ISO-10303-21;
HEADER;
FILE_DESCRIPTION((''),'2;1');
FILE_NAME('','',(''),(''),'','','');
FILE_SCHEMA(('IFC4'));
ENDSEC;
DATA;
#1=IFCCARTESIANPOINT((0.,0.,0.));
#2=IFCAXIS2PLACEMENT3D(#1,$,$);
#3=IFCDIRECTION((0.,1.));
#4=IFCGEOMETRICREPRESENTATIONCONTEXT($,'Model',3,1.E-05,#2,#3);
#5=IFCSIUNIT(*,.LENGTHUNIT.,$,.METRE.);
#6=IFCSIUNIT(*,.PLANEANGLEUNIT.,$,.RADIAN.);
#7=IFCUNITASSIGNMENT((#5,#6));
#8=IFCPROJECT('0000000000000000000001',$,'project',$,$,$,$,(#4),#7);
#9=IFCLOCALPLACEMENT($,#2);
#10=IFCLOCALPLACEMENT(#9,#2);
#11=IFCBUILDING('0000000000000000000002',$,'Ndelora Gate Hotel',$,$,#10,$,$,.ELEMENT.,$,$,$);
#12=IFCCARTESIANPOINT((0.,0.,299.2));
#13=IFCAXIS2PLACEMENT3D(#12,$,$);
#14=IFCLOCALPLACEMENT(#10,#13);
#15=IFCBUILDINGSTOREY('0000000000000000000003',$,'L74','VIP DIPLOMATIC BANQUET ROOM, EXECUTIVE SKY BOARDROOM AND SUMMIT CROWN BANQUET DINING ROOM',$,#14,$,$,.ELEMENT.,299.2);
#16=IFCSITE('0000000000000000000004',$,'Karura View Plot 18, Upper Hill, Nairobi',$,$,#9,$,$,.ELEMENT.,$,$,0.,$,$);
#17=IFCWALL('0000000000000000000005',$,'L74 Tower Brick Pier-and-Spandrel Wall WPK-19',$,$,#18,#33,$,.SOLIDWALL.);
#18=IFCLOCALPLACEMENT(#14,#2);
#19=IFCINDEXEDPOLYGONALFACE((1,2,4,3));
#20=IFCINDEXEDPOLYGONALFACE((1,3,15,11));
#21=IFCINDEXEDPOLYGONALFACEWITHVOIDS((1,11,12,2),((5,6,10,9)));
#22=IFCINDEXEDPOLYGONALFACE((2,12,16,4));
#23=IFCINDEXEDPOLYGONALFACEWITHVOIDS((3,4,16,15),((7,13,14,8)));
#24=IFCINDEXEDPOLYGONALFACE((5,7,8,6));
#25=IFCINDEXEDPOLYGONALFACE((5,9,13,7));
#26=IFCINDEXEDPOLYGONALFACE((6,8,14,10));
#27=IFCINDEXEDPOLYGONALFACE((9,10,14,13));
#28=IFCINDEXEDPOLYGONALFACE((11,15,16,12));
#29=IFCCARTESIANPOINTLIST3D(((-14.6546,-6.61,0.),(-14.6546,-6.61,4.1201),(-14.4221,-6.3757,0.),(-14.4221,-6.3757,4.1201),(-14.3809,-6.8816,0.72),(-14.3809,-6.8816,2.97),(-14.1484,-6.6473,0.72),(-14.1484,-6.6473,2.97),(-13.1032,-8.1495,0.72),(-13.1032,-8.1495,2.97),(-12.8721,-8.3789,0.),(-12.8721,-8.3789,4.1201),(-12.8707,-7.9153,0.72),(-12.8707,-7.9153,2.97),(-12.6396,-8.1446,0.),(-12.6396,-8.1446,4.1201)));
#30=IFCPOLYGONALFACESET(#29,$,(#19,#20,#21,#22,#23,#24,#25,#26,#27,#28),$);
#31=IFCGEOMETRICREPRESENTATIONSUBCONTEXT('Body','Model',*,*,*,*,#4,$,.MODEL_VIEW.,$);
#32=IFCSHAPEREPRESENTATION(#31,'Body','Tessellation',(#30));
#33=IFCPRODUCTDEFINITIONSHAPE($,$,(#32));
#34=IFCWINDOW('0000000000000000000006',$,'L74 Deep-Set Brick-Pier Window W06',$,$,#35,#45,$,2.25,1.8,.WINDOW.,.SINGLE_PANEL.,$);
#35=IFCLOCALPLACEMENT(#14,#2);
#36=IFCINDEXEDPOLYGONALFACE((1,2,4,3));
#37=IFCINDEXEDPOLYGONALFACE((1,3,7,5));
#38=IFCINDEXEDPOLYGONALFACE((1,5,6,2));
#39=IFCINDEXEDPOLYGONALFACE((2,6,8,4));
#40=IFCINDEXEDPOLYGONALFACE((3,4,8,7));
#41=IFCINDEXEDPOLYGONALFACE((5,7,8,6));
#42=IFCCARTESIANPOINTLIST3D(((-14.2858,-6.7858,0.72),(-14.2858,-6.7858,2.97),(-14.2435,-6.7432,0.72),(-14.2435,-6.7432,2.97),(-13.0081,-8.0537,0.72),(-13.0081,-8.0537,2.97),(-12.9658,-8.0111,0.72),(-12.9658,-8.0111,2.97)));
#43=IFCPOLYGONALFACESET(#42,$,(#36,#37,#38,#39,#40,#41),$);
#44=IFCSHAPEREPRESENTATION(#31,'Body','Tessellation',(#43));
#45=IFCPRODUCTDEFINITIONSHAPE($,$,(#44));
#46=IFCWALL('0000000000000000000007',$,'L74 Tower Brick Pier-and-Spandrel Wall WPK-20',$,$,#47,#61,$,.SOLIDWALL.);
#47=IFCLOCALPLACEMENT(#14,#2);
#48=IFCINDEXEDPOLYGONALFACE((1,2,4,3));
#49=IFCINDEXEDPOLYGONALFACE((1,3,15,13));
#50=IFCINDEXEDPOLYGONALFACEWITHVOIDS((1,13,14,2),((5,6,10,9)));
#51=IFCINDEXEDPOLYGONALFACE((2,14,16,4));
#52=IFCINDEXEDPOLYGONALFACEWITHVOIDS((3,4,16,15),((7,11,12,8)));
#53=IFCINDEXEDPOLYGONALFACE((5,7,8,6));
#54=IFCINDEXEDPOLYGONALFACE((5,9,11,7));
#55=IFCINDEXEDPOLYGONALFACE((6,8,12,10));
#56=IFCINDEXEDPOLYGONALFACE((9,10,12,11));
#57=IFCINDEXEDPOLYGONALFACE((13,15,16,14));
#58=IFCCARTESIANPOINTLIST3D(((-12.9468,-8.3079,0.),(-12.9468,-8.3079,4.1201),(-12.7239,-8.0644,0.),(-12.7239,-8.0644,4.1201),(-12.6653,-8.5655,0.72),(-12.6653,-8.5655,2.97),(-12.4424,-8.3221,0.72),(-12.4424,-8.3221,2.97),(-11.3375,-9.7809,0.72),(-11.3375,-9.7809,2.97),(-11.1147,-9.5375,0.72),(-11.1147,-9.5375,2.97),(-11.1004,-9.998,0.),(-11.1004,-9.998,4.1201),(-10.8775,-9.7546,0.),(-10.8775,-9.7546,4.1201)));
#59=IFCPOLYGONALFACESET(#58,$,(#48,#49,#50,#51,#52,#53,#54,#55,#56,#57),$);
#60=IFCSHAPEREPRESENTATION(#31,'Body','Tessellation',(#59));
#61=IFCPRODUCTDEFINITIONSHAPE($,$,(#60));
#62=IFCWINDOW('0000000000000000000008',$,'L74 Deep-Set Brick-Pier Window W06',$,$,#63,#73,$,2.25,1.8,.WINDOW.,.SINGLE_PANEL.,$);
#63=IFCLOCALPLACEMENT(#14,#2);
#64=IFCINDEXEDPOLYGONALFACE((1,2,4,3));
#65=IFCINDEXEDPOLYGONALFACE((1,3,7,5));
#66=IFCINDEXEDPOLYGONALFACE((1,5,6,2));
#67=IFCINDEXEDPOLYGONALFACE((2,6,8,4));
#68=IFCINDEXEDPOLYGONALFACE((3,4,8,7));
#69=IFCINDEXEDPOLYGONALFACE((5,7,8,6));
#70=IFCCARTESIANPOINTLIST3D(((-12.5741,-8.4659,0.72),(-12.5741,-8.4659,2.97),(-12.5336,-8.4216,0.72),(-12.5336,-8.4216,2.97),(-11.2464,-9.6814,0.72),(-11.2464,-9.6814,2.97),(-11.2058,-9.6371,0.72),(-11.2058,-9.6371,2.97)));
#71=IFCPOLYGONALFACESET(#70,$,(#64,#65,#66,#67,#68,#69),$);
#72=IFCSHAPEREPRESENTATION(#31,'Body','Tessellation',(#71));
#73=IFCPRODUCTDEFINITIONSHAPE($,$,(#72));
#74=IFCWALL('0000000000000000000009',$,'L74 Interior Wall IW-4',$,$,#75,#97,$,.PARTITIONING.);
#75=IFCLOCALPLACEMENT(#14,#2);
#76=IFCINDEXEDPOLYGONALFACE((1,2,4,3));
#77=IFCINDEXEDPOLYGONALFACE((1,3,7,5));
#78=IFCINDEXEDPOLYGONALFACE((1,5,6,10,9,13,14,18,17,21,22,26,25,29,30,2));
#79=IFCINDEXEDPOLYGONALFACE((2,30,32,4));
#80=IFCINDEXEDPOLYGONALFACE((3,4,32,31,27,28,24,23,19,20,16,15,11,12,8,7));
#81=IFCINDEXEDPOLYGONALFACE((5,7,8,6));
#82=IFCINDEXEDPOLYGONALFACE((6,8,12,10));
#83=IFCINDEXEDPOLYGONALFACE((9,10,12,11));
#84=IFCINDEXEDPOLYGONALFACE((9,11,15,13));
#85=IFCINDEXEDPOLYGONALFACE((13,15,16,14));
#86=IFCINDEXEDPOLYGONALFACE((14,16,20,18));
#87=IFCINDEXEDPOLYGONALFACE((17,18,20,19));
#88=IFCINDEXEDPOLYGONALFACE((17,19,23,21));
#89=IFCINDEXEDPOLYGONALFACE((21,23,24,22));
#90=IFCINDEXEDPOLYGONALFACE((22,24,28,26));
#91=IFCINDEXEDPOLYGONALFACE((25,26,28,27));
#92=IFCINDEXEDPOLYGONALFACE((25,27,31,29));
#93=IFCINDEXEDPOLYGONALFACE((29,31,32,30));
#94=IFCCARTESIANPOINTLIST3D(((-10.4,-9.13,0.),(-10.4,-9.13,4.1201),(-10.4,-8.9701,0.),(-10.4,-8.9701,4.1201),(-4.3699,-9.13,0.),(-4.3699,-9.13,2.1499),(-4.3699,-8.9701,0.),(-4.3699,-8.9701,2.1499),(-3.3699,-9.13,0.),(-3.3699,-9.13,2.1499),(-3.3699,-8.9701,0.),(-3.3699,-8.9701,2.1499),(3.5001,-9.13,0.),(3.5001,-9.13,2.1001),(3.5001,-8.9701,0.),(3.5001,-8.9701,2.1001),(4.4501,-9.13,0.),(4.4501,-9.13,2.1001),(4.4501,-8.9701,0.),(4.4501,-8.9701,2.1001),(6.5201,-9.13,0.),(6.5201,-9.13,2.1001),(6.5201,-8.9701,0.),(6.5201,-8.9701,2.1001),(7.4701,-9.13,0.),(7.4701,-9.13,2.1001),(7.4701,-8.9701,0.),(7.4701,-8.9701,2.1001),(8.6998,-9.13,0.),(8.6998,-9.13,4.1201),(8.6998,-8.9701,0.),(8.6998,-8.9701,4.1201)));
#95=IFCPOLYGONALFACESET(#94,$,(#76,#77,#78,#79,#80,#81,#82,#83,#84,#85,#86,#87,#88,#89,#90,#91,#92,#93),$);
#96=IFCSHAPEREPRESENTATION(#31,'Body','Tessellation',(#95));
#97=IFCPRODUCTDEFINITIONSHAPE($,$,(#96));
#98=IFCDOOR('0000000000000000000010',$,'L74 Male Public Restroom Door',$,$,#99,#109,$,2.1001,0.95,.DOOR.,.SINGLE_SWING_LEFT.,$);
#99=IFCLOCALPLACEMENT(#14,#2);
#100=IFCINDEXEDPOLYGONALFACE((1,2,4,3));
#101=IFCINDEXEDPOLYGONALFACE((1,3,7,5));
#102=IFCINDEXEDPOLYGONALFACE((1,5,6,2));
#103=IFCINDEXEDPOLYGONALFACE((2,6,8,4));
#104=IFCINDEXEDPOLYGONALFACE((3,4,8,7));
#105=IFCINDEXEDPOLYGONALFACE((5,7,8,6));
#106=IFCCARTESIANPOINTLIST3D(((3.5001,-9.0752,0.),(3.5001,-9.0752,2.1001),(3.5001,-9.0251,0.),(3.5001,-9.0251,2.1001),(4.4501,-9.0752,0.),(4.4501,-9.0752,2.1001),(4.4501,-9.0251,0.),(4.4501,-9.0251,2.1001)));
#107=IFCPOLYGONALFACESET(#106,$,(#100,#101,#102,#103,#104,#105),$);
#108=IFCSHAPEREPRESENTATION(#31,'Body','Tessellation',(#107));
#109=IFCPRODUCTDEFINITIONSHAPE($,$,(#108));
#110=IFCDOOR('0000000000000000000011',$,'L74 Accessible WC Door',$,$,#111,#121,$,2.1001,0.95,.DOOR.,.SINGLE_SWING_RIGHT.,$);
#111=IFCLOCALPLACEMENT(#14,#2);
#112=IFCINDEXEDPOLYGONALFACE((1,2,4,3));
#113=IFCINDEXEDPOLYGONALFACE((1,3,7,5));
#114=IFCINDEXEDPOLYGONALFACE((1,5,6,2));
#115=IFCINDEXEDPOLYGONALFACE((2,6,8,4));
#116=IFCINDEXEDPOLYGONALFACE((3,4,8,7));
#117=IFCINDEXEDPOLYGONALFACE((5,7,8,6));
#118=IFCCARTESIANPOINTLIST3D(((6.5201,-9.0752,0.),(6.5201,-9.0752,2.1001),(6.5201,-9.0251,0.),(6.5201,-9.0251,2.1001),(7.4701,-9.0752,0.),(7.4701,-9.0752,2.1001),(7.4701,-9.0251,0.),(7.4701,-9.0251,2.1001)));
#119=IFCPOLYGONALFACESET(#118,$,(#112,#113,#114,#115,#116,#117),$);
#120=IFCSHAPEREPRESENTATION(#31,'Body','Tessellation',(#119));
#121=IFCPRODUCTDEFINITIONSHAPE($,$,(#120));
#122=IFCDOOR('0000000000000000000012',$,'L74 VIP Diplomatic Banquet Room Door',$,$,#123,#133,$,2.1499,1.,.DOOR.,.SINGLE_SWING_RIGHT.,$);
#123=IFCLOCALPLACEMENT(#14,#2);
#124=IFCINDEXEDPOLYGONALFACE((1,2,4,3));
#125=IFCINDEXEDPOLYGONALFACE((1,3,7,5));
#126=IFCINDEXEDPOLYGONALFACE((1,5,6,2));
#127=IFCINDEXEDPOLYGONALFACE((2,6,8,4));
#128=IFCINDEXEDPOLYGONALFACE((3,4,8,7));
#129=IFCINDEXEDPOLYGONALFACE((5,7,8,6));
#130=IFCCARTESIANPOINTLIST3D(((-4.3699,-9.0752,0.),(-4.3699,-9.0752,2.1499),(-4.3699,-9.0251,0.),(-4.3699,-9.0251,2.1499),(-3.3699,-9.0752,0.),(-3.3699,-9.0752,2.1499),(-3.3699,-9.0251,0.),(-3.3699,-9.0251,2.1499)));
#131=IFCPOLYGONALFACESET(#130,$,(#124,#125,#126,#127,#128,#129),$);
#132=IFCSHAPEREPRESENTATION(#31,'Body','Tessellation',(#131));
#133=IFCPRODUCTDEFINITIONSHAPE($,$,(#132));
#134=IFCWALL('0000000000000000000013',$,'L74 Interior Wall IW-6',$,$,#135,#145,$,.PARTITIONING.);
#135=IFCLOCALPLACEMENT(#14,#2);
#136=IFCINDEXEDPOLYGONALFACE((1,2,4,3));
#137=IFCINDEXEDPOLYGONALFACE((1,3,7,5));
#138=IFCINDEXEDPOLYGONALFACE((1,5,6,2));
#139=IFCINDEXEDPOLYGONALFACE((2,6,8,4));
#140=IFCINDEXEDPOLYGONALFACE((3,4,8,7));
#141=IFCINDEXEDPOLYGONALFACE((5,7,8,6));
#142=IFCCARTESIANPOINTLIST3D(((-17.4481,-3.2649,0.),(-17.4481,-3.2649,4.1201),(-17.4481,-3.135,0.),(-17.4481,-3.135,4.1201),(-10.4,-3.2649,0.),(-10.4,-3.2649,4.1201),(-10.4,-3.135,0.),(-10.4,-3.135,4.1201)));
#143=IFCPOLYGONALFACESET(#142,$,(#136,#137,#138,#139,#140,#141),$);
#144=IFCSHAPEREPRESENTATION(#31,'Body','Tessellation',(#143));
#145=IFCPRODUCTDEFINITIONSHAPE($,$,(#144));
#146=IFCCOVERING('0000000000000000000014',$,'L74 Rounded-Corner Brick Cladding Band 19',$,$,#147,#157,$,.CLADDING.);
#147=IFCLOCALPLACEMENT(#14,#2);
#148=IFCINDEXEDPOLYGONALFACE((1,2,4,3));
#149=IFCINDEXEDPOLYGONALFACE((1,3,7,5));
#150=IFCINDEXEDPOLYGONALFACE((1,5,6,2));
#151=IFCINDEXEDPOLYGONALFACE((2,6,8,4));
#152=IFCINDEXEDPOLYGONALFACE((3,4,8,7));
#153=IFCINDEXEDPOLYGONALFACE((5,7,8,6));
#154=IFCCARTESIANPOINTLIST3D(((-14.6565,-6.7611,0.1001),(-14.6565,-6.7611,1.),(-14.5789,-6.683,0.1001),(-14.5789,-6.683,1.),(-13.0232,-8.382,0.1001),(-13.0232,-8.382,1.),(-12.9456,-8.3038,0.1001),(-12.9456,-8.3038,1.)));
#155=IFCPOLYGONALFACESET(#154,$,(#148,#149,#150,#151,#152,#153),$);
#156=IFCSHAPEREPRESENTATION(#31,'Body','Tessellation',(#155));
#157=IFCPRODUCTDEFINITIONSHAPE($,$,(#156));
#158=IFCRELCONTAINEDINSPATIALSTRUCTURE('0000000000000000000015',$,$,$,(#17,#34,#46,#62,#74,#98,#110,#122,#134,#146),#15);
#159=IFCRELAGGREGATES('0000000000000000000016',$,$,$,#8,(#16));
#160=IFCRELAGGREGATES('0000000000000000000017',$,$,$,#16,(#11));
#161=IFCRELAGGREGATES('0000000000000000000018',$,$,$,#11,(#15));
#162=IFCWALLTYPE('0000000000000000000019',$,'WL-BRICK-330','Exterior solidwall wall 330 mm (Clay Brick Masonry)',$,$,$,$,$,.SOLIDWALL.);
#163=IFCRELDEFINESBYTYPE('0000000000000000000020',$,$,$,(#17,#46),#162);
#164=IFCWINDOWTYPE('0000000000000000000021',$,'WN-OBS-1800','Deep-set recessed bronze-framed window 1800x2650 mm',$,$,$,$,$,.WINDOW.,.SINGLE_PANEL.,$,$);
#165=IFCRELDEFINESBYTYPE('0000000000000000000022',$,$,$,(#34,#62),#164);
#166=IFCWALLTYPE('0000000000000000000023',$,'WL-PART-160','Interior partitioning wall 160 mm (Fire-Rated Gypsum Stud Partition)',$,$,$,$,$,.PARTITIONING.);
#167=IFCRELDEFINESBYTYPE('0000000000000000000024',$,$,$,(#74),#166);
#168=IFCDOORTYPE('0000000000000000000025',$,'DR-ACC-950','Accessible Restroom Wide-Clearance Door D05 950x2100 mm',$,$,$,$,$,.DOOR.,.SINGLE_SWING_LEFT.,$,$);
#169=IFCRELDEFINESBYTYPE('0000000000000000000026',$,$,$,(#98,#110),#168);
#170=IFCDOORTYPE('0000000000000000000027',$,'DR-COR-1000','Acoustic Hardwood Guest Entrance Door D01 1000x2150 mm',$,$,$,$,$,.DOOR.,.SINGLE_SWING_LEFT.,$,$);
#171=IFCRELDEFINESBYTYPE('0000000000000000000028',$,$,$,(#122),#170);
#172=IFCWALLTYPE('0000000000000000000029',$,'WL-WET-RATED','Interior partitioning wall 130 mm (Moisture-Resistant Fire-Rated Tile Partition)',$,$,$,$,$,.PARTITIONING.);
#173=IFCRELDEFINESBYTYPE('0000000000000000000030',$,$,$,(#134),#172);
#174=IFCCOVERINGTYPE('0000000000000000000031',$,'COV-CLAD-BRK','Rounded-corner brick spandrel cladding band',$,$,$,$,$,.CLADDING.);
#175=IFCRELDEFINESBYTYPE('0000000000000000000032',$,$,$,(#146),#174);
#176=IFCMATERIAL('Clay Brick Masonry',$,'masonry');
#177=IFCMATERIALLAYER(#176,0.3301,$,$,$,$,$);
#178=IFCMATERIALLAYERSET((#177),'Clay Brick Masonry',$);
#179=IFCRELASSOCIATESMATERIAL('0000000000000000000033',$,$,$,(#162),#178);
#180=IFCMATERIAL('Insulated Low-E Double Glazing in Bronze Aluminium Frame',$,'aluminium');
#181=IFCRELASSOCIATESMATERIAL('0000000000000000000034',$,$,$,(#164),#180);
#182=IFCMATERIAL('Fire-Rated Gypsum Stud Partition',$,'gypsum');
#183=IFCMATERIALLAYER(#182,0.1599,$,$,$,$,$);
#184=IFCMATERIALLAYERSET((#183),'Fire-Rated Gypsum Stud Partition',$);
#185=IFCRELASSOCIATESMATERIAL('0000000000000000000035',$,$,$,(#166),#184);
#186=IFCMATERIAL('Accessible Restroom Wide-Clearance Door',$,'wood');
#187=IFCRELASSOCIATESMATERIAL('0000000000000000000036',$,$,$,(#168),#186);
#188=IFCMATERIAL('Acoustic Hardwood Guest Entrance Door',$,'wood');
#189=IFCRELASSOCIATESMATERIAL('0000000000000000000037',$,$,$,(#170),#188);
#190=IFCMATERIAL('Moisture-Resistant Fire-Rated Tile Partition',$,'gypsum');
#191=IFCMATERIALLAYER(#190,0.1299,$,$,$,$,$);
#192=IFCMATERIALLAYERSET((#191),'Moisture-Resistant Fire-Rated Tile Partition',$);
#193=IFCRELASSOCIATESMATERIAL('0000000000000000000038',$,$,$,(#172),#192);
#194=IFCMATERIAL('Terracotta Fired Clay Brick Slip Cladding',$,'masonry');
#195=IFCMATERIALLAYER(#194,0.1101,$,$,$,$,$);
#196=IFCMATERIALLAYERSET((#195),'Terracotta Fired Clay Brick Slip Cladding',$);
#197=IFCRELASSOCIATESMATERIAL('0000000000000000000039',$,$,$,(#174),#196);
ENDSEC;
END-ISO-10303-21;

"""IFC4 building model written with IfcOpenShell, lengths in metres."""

from ifc_helpers import new_model, si_unit, direction, frame, frame_2d, origin, origin_2d, place, context, subcontext, project, spatial, rectangle, extrude, material, layer, layer_set, type_object, element, fill, save


model = new_model("IFC4")

# Units and contexts
model_context = context("Model", 3, precision=1e-05, world=origin(), true_north=direction((0.0, 1.0)))
body_context = subcontext(model_context, "Body", "Model", "MODEL_VIEW")
ifc_project = project(units=[si_unit("LENGTHUNIT", "METRE"), si_unit("PLANEANGLEUNIT", "RADIAN")], contexts=[model_context])

# Site, building, storey
site_placement = place(None, origin())
site = spatial("IfcSite", under=ifc_project, at=site_placement, Name="Karura View Plot 18, Upper Hill, Nairobi", CompositionType="ELEMENT", RefElevation=0.0)
building_placement = place(site_placement, origin())
building = spatial("IfcBuilding", under=site, at=building_placement, Name="Ndelora Gate Hotel", CompositionType="ELEMENT")
storey_placement = place(building_placement, frame((0.0, 0.0, 299.2)))
storey = spatial("IfcBuildingStorey", under=building, at=storey_placement, Name="L74", Description="VIP DIPLOMATIC BANQUET ROOM, EXECUTIVE SKY BOARDROOM AND SUMMIT CROWN BANQUET DINING ROOM", CompositionType="ELEMENT", Elevation=299.2)

# Shared definitions
ifc_material_1 = material(Name="Clay Brick Masonry", Category="masonry")
ifc_layer_1 = layer(ifc_material_1, 0.3301)
ifc_layer_set_1 = layer_set([ifc_layer_1], Name="Clay Brick Masonry")
wall_type_1 = type_object("IfcWallType", Name="WL-BRICK-330", Description="Exterior solidwall wall 330 mm (Clay Brick Masonry)", PredefinedType="SOLIDWALL", material=ifc_layer_set_1)

# Walls, openings, windows
wall_1_placement = place(storey_placement, frame((-12.7559, -8.2617, 0.0), z_axis=(0.0, 0.0, 1.0), x_axis=(-0.709824, 0.704379, 0.0)))
wall_1 = element("IfcWall", 1, at=wall_1_placement, inside=storey, type_object=wall_type_1, Name="L74 Tower Brick Pier-and-Spandrel Wall WPK-19", PredefinedType="SOLIDWALL", context=body_context, shape_type="SweptSolid", body=[
    extrude(rectangle(XDim=2.5112, YDim=0.3301, at=frame_2d((1.2556, 0.0))), origin(), (0.0, 0.0, 1.0), 4.1201),
])
opening_1_placement = place(wall_1_placement, frame((0.3257, 0.0, 0.72)))
opening_1 = element("IfcOpeningElement", 2, at=opening_1_placement, cuts=wall_1, PredefinedType="OPENING", context=body_context, shape_type="SweptSolid", body=[
    extrude(rectangle(XDim=1.8, YDim=2.25, at=frame_2d((0.8999, 1.125))), frame((0.0, 0.175, 0.0), z_axis=(0.0, -1.0, 0.0), x_axis=(1.0, 0.0, 0.0)), (0.0, 0.0, 1.0), 0.3501),
])
ifc_material_2 = material(Name="Insulated Low-E Double Glazing in Bronze Aluminium Frame", Category="aluminium")
window_type = type_object("IfcWindowType", Name="WN-OBS-1800", Description="Deep-set recessed bronze-framed window 1800x2650 mm", PartitioningType="SINGLE_PANEL", PredefinedType="WINDOW", material=ifc_material_2)
window_1_placement = place(opening_1_placement, origin())
window_1 = element("IfcWindow", 3, at=window_1_placement, inside=storey, type_object=window_type, Name="L74 Deep-Set Brick-Pier Window W06", OverallHeight=2.25, OverallWidth=1.8, PartitioningType="SINGLE_PANEL", PredefinedType="WINDOW", context=body_context, shape_type="SweptSolid", body=[
    extrude(rectangle(XDim=1.8, YDim=2.25, at=frame_2d((0.8999, 1.125))), frame((0.0, 0.03, 0.0), z_axis=(0.0, -1.0, 0.0), x_axis=(1.0, 0.0, 0.0)), (0.0, 0.0, 1.0), 0.0601),
])
fill(opening_1, window_1)
wall_2_placement = place(storey_placement, frame((-10.989, -9.8762, 0.0), z_axis=(0.0, 0.0, 1.0), x_axis=(-0.737628, 0.675208, 0.0)))
wall_2 = element("IfcWall", 4, at=wall_2_placement, inside=storey, type_object=wall_type_1, Name="L74 Tower Brick Pier-and-Spandrel Wall WPK-20", PredefinedType="SOLIDWALL", context=body_context, shape_type="SweptSolid", body=[
    extrude(rectangle(XDim=2.5032, YDim=0.3301, at=frame_2d((1.2515, 0.0))), origin(), (0.0, 0.0, 1.0), 4.1201),
])
opening_2_placement = place(wall_2_placement, frame((0.3215, 0.0, 0.72)))
opening_2 = element("IfcOpeningElement", 5, at=opening_2_placement, cuts=wall_2, PredefinedType="OPENING", context=body_context, shape_type="SweptSolid", body=[
    extrude(rectangle(XDim=1.8, YDim=2.25, at=frame_2d((0.8999, 1.125))), frame((0.0, 0.175, 0.0), z_axis=(0.0, -1.0, 0.0), x_axis=(1.0, 0.0, 0.0)), (0.0, 0.0, 1.0), 0.3501),
])
window_2_placement = place(opening_2_placement, origin())
window_2 = element("IfcWindow", 6, at=window_2_placement, inside=storey, type_object=window_type, Name="L74 Deep-Set Brick-Pier Window W06", OverallHeight=2.25, OverallWidth=1.8, PartitioningType="SINGLE_PANEL", PredefinedType="WINDOW", context=body_context, shape_type="SweptSolid", body=[
    extrude(rectangle(XDim=1.8, YDim=2.25, at=frame_2d((0.8999, 1.125))), frame((0.0, 0.03, 0.0), z_axis=(0.0, -1.0, 0.0), x_axis=(1.0, 0.0, 0.0)), (0.0, 0.0, 1.0), 0.0601),
])
fill(opening_2, window_2)

# Wall, openings, doors
ifc_material_3 = material(Name="Fire-Rated Gypsum Stud Partition", Category="gypsum")
ifc_layer_2 = layer(ifc_material_3, 0.1599)
ifc_layer_set_2 = layer_set([ifc_layer_2], Name="Fire-Rated Gypsum Stud Partition")
wall_type_2 = type_object("IfcWallType", Name="WL-PART-160", Description="Interior partitioning wall 160 mm (Fire-Rated Gypsum Stud Partition)", PredefinedType="PARTITIONING", material=ifc_layer_set_2)
wall_3_placement = place(storey_placement, frame((-10.3999, -9.05, 0.0), z_axis=(0.0, 0.0, 1.0), x_axis=(1.0, 0.0, 0.0)))
wall_3 = element("IfcWall", 7, at=wall_3_placement, inside=storey, type_object=wall_type_2, Name="L74 Interior Wall IW-4", PredefinedType="PARTITIONING", context=body_context, shape_type="SweptSolid", body=[
    extrude(rectangle(XDim=19.0999, YDim=0.1599, at=frame_2d((9.5498, 0.0))), origin(), (0.0, 0.0, 1.0), 4.1201),
])
opening_3_placement = place(wall_3_placement, frame((6.03, 0.0, 0.0)))
opening_3 = element("IfcOpeningElement", 8, at=opening_3_placement, cuts=wall_3, PredefinedType="OPENING", context=body_context, shape_type="SweptSolid", body=[
    extrude(rectangle(XDim=1.0, YDim=2.1499, at=frame_2d((0.5, 1.075))), frame((0.0, 0.0898, 0.0), z_axis=(0.0, -1.0, 0.0), x_axis=(1.0, 0.0, 0.0)), (0.0, 0.0, 1.0), 0.1799),
])
opening_4_placement = place(wall_3_placement, frame((13.8999, 0.0, 0.0)))
opening_4 = element("IfcOpeningElement", 9, at=opening_4_placement, cuts=wall_3, PredefinedType="OPENING", context=body_context, shape_type="SweptSolid", body=[
    extrude(rectangle(XDim=0.95, YDim=2.1001, at=frame_2d((0.4751, 1.05))), frame((0.0, 0.0898, 0.0), z_axis=(0.0, -1.0, 0.0), x_axis=(1.0, 0.0, 0.0)), (0.0, 0.0, 1.0), 0.1799),
])
opening_5_placement = place(wall_3_placement, frame((16.9199, 0.0, 0.0)))
opening_5 = element("IfcOpeningElement", 10, at=opening_5_placement, cuts=wall_3, PredefinedType="OPENING", context=body_context, shape_type="SweptSolid", body=[
    extrude(rectangle(XDim=0.95, YDim=2.1001, at=frame_2d((0.4751, 1.05))), frame((0.0, 0.0898, 0.0), z_axis=(0.0, -1.0, 0.0), x_axis=(1.0, 0.0, 0.0)), (0.0, 0.0, 1.0), 0.1799),
])
ifc_material_4 = material(Name="Accessible Restroom Wide-Clearance Door", Category="wood")
door_type_1 = type_object("IfcDoorType", Name="DR-ACC-950", Description="Accessible Restroom Wide-Clearance Door D05 950x2100 mm", OperationType="SINGLE_SWING_LEFT", PredefinedType="DOOR", material=ifc_material_4)
door_1_placement = place(opening_4_placement, origin())
door_1 = element("IfcDoor", 11, at=door_1_placement, inside=storey, type_object=door_type_1, Name="L74 Male Public Restroom Door", OperationType="SINGLE_SWING_LEFT", OverallHeight=2.1001, OverallWidth=0.95, PredefinedType="DOOR", context=body_context, shape_type="SweptSolid", body=[
    extrude(rectangle(XDim=0.95, YDim=2.1001, at=frame_2d((0.4751, 1.05))), frame((0.0, 0.0249, 0.0), z_axis=(0.0, -1.0, 0.0), x_axis=(1.0, 0.0, 0.0)), (0.0, 0.0, 1.0), 0.05),
])
fill(opening_4, door_1)
door_2_placement = place(opening_5_placement, origin())
door_2 = element("IfcDoor", 12, at=door_2_placement, inside=storey, type_object=door_type_1, Name="L74 Accessible WC Door", OperationType="SINGLE_SWING_RIGHT", OverallHeight=2.1001, OverallWidth=0.95, PredefinedType="DOOR", context=body_context, shape_type="SweptSolid", body=[
    extrude(rectangle(XDim=0.95, YDim=2.1001, at=frame_2d((0.4751, 1.05))), frame((0.0, 0.0249, 0.0), z_axis=(0.0, -1.0, 0.0), x_axis=(1.0, 0.0, 0.0)), (0.0, 0.0, 1.0), 0.05),
])
fill(opening_5, door_2)
ifc_material_5 = material(Name="Acoustic Hardwood Guest Entrance Door", Category="wood")
door_type_2 = type_object("IfcDoorType", Name="DR-COR-1000", Description="Acoustic Hardwood Guest Entrance Door D01 1000x2150 mm", OperationType="SINGLE_SWING_LEFT", PredefinedType="DOOR", material=ifc_material_5)
door_3_placement = place(opening_3_placement, origin())
door_3 = element("IfcDoor", 13, at=door_3_placement, inside=storey, type_object=door_type_2, Name="L74 VIP Diplomatic Banquet Room Door", OperationType="SINGLE_SWING_RIGHT", OverallHeight=2.1499, OverallWidth=1.0, PredefinedType="DOOR", context=body_context, shape_type="SweptSolid", body=[
    extrude(rectangle(XDim=1.0, YDim=2.1499, at=frame_2d((0.5, 1.075))), frame((0.0, 0.0249, 0.0), z_axis=(0.0, -1.0, 0.0), x_axis=(1.0, 0.0, 0.0)), (0.0, 0.0, 1.0), 0.05),
])
fill(opening_3, door_3)

# Wall
ifc_material_6 = material(Name="Moisture-Resistant Fire-Rated Tile Partition", Category="gypsum")
ifc_layer_3 = layer(ifc_material_6, 0.1299)
ifc_layer_set_3 = layer_set([ifc_layer_3], Name="Moisture-Resistant Fire-Rated Tile Partition")
wall_type_3 = type_object("IfcWallType", Name="WL-WET-RATED", Description="Interior partitioning wall 130 mm (Moisture-Resistant Fire-Rated Tile Partition)", PredefinedType="PARTITIONING", material=ifc_layer_set_3)
wall_4_placement = place(storey_placement, frame((-17.448, -3.2, 0.0), z_axis=(0.0, 0.0, 1.0), x_axis=(1.0, 0.0, 0.0)))
element("IfcWall", 14, at=wall_4_placement, inside=storey, type_object=wall_type_3, Name="L74 Interior Wall IW-6", PredefinedType="PARTITIONING", context=body_context, shape_type="SweptSolid", body=[
    extrude(rectangle(XDim=7.0481, YDim=0.1299, at=frame_2d((3.5239, 0.0))), origin(), (0.0, 0.0, 1.0), 4.1201),
])

# Covering
ifc_material_7 = material(Name="Terracotta Fired Clay Brick Slip Cladding", Category="masonry")
ifc_layer_4 = layer(ifc_material_7, 0.1101)
ifc_layer_set_4 = layer_set([ifc_layer_4], Name="Terracotta Fired Clay Brick Slip Cladding")
covering_type_1 = type_object("IfcCoveringType", Name="COV-CLAD-BRK", Description="Rounded-corner brick spandrel cladding band", PredefinedType="CLADDING", material=ifc_layer_set_4)
covering_1_placement = place(storey_placement, frame((-13.801, -7.5325, 0.1001), z_axis=(0.0, 0.0, 1.0), x_axis=(-0.709817, 0.704386, 0.0)))
element("IfcCovering", 15, at=covering_1_placement, inside=storey, type_object=covering_type_1, Name="L74 Rounded-Corner Brick Cladding Band 19", PredefinedType="CLADDING", context=body_context, shape_type="SweptSolid", body=[
    extrude(rectangle(XDim=2.301, YDim=0.1101, at=origin_2d()), origin(), (0.0, 0.0, 1.0), 0.8999),
])

save(model, "model.ifc")
